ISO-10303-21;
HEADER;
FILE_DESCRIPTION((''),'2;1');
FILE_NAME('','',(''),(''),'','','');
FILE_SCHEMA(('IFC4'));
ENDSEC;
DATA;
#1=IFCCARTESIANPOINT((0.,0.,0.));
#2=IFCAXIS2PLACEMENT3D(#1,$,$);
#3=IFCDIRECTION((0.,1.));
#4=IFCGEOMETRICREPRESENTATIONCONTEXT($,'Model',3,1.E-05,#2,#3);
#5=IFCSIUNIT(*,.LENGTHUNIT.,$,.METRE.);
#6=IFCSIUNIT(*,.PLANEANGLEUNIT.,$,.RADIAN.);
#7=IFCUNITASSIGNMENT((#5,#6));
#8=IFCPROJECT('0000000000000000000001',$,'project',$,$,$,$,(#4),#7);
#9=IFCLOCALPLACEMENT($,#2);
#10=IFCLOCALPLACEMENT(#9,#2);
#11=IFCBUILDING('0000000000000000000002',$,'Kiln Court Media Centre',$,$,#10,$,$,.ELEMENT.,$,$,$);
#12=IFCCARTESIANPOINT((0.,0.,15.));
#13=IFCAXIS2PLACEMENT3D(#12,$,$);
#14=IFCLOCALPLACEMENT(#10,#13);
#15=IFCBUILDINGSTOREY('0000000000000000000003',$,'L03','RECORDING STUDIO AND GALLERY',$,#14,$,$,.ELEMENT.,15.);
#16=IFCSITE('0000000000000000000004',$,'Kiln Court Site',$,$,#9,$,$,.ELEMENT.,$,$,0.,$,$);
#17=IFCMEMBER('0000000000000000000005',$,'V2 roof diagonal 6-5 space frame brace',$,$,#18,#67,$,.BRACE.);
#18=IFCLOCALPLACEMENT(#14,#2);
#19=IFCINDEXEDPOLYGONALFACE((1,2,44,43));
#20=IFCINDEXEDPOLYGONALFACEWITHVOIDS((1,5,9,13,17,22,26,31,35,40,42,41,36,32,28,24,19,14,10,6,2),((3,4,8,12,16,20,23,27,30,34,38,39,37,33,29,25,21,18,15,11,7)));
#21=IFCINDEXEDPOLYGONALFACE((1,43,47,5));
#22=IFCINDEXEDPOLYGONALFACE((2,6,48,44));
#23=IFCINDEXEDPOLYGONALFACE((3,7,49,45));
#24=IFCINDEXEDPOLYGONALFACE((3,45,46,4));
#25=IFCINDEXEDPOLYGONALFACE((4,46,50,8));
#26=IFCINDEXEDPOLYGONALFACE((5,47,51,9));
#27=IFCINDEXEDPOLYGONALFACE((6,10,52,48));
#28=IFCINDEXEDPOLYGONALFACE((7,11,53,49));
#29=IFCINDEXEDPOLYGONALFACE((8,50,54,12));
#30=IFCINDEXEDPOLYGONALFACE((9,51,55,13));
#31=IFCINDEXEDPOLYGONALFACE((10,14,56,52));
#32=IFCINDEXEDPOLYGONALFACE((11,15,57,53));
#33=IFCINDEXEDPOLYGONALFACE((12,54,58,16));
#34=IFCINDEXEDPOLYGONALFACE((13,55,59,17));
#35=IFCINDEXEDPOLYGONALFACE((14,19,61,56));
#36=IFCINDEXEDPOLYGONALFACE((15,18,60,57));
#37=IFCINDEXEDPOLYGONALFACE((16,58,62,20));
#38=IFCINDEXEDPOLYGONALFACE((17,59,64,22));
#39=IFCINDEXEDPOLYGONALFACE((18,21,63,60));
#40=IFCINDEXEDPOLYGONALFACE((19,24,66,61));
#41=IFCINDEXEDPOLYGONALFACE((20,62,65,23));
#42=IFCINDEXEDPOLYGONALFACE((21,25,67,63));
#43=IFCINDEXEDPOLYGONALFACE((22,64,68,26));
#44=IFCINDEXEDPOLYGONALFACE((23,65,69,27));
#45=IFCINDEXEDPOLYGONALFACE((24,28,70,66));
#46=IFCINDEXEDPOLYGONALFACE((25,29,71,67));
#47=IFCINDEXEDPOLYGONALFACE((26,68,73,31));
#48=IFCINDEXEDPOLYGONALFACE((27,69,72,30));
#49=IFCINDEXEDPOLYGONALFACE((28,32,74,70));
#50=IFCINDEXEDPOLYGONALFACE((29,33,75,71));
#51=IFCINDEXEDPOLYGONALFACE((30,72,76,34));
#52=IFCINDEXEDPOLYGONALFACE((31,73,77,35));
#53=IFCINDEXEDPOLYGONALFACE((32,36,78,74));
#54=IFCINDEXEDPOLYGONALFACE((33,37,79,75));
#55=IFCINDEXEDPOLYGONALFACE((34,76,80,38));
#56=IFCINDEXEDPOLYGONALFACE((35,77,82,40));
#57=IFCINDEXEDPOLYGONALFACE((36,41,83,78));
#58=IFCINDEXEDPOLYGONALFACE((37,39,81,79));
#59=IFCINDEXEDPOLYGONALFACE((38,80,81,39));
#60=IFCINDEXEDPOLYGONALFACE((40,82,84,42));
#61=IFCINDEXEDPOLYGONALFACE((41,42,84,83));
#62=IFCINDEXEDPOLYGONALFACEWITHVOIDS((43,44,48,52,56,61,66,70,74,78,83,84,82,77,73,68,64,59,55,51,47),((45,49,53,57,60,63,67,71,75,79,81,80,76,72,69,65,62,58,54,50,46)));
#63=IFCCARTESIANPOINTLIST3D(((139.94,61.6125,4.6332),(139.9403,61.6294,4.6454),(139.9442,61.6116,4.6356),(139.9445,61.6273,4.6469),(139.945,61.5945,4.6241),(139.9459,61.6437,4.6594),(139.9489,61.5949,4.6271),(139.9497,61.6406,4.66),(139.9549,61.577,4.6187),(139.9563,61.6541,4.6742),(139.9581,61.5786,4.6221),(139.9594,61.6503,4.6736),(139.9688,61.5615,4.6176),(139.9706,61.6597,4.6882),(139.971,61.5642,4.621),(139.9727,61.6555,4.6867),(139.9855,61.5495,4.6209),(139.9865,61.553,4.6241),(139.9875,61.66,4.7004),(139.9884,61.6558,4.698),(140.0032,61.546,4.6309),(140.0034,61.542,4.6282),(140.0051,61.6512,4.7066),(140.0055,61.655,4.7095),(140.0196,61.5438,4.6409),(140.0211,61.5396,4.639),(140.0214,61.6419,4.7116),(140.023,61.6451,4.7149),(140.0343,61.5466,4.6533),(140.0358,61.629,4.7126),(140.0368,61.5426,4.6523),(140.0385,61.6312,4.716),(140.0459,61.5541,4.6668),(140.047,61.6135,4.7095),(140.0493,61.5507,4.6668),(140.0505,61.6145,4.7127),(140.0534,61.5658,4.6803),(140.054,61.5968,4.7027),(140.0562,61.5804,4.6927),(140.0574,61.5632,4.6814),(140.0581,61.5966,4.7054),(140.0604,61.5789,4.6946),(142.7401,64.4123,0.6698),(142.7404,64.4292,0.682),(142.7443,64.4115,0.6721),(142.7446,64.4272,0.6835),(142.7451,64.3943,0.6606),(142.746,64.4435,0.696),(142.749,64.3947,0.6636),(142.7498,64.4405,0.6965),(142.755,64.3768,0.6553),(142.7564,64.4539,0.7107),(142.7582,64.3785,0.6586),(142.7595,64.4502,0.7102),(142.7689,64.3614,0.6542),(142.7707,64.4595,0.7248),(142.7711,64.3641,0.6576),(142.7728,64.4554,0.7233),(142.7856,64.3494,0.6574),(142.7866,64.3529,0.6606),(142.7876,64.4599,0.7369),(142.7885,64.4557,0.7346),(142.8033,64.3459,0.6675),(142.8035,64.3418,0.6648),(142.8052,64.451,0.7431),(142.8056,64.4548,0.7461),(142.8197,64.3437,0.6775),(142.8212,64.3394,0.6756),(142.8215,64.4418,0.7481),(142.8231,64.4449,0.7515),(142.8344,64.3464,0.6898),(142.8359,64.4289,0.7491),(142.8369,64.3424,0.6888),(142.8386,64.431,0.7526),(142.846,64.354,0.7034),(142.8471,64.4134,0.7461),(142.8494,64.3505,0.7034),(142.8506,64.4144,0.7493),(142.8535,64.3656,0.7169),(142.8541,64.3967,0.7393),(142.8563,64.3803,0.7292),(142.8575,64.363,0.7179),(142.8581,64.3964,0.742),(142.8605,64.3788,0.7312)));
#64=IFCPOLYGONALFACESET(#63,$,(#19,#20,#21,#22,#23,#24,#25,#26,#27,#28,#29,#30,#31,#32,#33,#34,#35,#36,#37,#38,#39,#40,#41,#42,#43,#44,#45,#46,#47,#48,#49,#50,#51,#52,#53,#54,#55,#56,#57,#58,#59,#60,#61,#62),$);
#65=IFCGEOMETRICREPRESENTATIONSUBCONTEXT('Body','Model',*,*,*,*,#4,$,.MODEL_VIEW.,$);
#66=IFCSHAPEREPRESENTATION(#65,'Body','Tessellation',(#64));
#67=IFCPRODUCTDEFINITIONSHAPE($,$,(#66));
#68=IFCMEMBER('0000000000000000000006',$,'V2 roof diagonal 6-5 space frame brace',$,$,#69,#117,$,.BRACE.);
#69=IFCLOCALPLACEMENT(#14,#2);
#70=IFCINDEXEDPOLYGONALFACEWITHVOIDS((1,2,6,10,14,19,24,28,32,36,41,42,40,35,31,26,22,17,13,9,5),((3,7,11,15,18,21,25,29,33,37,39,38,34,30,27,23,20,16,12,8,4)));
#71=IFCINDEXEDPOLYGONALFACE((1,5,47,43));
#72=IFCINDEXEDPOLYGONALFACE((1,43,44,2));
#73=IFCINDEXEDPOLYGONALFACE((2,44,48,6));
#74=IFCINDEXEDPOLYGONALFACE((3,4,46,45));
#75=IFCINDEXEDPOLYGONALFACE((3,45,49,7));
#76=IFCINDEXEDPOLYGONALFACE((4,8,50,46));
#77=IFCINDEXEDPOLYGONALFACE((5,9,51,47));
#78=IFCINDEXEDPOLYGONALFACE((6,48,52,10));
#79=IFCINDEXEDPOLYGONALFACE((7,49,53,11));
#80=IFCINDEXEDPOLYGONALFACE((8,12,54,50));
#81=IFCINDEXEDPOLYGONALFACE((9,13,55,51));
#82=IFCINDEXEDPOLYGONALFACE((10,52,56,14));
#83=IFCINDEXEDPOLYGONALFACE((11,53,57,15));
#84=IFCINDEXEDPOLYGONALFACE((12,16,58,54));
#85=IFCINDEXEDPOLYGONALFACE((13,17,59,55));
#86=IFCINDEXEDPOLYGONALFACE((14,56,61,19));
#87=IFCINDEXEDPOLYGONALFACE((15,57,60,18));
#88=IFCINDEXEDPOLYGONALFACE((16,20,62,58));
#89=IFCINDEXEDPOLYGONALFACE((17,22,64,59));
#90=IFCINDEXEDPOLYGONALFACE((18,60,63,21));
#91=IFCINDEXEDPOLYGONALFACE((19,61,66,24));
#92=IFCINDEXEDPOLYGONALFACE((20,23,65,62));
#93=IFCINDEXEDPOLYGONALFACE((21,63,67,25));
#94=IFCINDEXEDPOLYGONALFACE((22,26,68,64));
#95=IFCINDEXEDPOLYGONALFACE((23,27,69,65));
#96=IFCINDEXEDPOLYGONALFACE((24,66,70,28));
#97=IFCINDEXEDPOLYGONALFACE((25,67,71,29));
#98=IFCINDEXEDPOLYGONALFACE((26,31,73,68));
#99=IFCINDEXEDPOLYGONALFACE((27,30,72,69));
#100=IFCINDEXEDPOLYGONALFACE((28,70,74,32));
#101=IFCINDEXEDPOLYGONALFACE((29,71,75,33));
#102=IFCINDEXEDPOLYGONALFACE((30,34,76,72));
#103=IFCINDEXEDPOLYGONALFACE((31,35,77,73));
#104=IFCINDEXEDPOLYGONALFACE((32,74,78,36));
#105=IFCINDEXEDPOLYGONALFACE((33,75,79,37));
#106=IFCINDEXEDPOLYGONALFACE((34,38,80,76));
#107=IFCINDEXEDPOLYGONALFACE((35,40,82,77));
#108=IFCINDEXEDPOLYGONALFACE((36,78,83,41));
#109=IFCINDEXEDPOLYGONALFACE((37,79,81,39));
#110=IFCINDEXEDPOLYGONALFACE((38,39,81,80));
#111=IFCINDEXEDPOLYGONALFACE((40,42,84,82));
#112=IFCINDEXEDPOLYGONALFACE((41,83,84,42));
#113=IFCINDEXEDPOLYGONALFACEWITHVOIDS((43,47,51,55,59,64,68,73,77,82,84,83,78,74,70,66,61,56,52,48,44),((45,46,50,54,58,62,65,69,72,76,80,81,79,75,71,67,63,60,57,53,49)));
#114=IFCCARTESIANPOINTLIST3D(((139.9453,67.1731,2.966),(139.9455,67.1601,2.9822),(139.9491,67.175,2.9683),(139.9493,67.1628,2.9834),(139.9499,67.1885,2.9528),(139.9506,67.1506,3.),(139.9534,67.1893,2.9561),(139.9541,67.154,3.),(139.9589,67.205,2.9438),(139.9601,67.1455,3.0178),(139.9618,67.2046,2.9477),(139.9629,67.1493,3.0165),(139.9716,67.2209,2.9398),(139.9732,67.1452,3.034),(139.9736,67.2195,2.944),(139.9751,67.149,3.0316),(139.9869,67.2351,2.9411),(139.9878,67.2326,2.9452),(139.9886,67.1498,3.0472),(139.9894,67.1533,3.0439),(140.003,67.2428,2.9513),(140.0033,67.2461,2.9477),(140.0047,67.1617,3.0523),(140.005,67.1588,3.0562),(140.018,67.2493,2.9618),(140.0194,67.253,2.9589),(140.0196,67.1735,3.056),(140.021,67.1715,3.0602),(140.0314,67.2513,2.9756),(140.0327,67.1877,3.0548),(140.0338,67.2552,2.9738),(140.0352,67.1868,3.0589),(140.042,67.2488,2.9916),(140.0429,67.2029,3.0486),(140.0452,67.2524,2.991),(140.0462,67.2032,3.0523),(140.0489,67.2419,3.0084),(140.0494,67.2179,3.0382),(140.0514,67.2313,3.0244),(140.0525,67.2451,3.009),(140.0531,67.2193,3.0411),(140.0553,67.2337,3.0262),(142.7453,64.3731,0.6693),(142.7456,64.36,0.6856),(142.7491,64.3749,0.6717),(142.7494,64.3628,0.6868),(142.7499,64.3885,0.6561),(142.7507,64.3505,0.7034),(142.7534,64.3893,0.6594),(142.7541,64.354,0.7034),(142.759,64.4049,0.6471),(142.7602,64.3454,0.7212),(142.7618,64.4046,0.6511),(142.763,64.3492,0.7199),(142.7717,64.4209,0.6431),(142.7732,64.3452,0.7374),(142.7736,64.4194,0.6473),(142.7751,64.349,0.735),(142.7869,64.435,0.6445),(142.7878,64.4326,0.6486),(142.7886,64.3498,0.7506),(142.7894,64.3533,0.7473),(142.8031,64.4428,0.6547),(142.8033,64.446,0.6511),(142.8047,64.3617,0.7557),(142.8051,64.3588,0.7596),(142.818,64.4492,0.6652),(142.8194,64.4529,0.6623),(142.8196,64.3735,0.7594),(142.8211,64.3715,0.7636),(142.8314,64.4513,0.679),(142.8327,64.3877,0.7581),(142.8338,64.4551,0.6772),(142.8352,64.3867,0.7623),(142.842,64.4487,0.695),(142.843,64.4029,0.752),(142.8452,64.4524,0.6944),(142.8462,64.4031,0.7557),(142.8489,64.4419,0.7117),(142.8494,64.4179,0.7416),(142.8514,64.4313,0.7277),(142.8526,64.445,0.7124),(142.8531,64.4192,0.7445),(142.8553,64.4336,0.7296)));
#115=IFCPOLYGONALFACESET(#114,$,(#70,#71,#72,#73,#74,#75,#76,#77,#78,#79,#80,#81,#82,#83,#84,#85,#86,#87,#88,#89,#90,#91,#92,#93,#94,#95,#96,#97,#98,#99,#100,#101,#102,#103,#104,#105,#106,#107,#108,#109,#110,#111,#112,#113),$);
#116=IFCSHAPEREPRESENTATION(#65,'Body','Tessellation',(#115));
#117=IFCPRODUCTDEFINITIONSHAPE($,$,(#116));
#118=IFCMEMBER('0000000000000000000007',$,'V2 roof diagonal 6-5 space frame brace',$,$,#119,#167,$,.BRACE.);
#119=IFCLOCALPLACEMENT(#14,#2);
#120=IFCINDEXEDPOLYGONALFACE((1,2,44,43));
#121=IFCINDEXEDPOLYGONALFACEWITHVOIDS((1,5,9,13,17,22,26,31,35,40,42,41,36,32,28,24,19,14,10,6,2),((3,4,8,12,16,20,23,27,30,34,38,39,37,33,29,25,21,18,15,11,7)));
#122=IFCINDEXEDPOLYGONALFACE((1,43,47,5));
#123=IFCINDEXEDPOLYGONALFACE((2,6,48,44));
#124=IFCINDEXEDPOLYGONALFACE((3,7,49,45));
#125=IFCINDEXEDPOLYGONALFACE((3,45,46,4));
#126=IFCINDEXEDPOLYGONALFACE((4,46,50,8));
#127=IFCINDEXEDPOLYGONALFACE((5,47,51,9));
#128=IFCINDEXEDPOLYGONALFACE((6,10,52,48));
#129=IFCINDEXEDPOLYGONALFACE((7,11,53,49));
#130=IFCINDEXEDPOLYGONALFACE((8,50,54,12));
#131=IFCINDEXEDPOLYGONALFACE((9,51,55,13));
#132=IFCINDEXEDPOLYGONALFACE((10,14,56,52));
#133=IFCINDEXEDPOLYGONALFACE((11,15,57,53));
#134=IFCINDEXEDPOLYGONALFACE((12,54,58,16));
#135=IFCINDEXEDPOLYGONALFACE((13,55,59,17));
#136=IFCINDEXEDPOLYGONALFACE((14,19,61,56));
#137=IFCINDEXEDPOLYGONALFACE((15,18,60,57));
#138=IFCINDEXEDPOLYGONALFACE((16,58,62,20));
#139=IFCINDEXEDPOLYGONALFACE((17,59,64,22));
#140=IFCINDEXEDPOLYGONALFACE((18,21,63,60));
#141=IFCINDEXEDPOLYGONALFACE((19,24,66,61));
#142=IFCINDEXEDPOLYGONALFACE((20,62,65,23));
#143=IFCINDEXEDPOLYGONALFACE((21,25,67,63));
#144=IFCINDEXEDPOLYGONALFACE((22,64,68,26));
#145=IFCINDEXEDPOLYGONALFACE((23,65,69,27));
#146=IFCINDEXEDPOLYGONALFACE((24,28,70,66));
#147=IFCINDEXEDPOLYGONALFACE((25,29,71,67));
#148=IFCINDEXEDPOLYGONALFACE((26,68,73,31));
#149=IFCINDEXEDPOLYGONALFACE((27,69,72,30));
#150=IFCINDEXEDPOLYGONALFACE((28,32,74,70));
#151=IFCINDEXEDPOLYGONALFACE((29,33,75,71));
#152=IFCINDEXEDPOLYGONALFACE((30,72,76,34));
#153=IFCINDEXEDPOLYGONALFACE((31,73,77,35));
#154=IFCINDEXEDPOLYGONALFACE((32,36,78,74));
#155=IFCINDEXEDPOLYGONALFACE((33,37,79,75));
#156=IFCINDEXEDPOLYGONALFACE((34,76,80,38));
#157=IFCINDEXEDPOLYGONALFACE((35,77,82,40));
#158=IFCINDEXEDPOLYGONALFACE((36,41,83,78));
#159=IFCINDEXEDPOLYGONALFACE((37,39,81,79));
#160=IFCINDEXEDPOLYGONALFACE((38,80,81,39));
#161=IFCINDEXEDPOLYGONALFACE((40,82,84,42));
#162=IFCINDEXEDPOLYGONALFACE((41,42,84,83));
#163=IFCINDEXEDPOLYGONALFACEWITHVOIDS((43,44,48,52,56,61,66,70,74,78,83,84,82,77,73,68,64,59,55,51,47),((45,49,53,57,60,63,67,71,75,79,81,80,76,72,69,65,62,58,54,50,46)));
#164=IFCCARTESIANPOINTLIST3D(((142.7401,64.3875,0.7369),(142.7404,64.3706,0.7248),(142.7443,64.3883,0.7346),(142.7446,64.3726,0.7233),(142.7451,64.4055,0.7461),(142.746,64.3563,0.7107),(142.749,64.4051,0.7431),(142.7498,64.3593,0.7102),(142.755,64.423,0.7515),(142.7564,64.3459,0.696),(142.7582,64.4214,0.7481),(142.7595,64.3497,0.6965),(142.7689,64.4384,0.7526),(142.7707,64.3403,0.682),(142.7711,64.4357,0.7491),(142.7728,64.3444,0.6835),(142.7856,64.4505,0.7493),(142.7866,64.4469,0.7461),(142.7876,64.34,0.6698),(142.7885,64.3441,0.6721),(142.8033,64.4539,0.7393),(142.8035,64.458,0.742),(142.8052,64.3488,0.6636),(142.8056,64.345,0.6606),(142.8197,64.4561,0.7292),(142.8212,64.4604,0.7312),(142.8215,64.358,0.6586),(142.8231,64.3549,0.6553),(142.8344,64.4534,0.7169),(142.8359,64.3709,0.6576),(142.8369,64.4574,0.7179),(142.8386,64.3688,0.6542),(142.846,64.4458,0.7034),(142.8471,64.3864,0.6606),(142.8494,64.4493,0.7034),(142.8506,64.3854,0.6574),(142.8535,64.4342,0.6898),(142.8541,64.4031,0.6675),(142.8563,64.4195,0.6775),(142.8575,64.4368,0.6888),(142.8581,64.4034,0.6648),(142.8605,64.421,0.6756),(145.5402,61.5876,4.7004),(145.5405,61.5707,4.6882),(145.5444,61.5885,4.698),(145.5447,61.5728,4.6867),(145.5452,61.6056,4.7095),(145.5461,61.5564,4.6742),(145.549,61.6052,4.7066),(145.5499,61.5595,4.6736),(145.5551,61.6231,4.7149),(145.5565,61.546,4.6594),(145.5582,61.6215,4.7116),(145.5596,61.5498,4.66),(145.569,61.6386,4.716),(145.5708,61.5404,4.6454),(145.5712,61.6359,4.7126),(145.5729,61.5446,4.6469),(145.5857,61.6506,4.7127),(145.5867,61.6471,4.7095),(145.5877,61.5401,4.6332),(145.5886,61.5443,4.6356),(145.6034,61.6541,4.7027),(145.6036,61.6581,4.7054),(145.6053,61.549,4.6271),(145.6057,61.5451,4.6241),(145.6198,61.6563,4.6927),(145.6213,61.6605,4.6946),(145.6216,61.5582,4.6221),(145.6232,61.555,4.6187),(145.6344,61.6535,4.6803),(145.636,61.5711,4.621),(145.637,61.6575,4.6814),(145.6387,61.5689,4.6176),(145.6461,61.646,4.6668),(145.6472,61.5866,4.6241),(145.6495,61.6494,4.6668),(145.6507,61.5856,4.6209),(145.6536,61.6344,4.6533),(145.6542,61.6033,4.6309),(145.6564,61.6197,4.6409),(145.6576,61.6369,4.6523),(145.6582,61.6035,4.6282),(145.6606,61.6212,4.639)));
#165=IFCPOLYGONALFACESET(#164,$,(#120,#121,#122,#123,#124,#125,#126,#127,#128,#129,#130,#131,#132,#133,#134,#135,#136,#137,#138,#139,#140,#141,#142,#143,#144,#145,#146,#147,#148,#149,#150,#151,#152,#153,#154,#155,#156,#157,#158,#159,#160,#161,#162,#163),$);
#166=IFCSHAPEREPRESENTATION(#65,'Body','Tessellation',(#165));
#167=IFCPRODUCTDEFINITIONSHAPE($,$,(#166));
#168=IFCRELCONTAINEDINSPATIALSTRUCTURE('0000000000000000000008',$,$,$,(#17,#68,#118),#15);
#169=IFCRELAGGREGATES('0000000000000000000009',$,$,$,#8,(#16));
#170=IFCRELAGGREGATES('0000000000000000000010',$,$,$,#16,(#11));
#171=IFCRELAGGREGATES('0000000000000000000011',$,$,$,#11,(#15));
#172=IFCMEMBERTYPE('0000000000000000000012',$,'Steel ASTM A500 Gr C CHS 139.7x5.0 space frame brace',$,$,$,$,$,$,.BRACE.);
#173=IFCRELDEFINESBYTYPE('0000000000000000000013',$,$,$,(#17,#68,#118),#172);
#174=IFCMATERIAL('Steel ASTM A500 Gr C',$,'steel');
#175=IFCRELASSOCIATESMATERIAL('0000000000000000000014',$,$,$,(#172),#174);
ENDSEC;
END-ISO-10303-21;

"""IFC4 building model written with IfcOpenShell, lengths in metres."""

from ifc_helpers import new_model, si_unit, direction, frame, origin, origin_2d, place, context, subcontext, project, spatial, hollow_circle, extrude, material, material_profile, profile_set, type_object, element, save


model = new_model("IFC4")

# Units and contexts
model_context = context("Model", 3, precision=1e-05, world=origin(), true_north=direction((0.0, 1.0)))
body_context = subcontext(model_context, "Body", "Model", "MODEL_VIEW")
ifc_project = project(units=[si_unit("LENGTHUNIT", "METRE"), si_unit("PLANEANGLEUNIT", "RADIAN")], contexts=[model_context])

# Site, building, storey
site_placement = place(None, origin())
site = spatial("IfcSite", under=ifc_project, at=site_placement, Name="Kiln Court Site", CompositionType="ELEMENT", RefElevation=0.0)
building_placement = place(site_placement, origin())
building = spatial("IfcBuilding", under=site, at=building_placement, Name="Kiln Court Media Centre", CompositionType="ELEMENT")
storey_placement = place(building_placement, frame((0.0, 0.0, 15.0)))
storey = spatial("IfcBuildingStorey", under=building, at=storey_placement, Name="L03", Description="RECORDING STUDIO AND GALLERY", CompositionType="ELEMENT", Elevation=15.0)

# Members
ifc_material_1 = material(Name="Steel ASTM A500 Gr C", Category="steel")
ifc_material_profile_1 = material_profile(ifc_material_1, hollow_circle(Radius=0.0698, WallThickness=0.0049, at=origin_2d()), Name="CHS 139.7x5.0")
ifc_profile_set_1 = profile_set([ifc_material_profile_1], Name="Steel ASTM A500 Gr C")
member_type_1 = type_object("IfcMemberType", Name="Steel ASTM A500 Gr C CHS 139.7x5.0 space frame brace", PredefinedType="BRACE", material=ifc_profile_set_1)
member_1_placement = place(storey_placement, frame((142.8, 64.3999, 0.7034), z_axis=(-0.499789, -0.499746, 0.707436), x_axis=(0.707076, -0.707138, 0.0)))
element("IfcMember", 1, at=member_1_placement, inside=storey, type_object=member_type_1, Name="V2 roof diagonal 6-5 space frame brace", PredefinedType="BRACE", context=body_context, shape_type="SweptSolid", body=[
    extrude(hollow_circle(Radius=0.0698, WallThickness=0.0049, at=origin_2d()), origin(), (0.0, 0.0, 1.0), 5.6025),
])
member_2_placement = place(storey_placement, frame((142.8, 64.3999, 0.7034), z_axis=(-0.611676, 0.611676, 0.501703), x_axis=(-0.707107, -0.707107, 0.0)))
element("IfcMember", 2, at=member_2_placement, inside=storey, type_object=member_type_1, Name="V2 roof diagonal 6-5 space frame brace", PredefinedType="BRACE", context=body_context, shape_type="SweptSolid", body=[
    extrude(hollow_circle(Radius=0.0698, WallThickness=0.0049, at=origin_2d()), origin(), (0.0, 0.0, 1.0), 4.5776),
])
member_3_placement = place(storey_placement, frame((142.8, 64.3999, 0.7034), z_axis=(0.499789, -0.499746, 0.707436), x_axis=(0.707076, 0.707138, 0.0)))
element("IfcMember", 3, at=member_3_placement, inside=storey, type_object=member_type_1, Name="V2 roof diagonal 6-5 space frame brace", PredefinedType="BRACE", context=body_context, shape_type="SweptSolid", body=[
    extrude(hollow_circle(Radius=0.0698, WallThickness=0.0049, at=origin_2d()), origin(), (0.0, 0.0, 1.0), 5.6025),
])

save(model, "model.ifc")
